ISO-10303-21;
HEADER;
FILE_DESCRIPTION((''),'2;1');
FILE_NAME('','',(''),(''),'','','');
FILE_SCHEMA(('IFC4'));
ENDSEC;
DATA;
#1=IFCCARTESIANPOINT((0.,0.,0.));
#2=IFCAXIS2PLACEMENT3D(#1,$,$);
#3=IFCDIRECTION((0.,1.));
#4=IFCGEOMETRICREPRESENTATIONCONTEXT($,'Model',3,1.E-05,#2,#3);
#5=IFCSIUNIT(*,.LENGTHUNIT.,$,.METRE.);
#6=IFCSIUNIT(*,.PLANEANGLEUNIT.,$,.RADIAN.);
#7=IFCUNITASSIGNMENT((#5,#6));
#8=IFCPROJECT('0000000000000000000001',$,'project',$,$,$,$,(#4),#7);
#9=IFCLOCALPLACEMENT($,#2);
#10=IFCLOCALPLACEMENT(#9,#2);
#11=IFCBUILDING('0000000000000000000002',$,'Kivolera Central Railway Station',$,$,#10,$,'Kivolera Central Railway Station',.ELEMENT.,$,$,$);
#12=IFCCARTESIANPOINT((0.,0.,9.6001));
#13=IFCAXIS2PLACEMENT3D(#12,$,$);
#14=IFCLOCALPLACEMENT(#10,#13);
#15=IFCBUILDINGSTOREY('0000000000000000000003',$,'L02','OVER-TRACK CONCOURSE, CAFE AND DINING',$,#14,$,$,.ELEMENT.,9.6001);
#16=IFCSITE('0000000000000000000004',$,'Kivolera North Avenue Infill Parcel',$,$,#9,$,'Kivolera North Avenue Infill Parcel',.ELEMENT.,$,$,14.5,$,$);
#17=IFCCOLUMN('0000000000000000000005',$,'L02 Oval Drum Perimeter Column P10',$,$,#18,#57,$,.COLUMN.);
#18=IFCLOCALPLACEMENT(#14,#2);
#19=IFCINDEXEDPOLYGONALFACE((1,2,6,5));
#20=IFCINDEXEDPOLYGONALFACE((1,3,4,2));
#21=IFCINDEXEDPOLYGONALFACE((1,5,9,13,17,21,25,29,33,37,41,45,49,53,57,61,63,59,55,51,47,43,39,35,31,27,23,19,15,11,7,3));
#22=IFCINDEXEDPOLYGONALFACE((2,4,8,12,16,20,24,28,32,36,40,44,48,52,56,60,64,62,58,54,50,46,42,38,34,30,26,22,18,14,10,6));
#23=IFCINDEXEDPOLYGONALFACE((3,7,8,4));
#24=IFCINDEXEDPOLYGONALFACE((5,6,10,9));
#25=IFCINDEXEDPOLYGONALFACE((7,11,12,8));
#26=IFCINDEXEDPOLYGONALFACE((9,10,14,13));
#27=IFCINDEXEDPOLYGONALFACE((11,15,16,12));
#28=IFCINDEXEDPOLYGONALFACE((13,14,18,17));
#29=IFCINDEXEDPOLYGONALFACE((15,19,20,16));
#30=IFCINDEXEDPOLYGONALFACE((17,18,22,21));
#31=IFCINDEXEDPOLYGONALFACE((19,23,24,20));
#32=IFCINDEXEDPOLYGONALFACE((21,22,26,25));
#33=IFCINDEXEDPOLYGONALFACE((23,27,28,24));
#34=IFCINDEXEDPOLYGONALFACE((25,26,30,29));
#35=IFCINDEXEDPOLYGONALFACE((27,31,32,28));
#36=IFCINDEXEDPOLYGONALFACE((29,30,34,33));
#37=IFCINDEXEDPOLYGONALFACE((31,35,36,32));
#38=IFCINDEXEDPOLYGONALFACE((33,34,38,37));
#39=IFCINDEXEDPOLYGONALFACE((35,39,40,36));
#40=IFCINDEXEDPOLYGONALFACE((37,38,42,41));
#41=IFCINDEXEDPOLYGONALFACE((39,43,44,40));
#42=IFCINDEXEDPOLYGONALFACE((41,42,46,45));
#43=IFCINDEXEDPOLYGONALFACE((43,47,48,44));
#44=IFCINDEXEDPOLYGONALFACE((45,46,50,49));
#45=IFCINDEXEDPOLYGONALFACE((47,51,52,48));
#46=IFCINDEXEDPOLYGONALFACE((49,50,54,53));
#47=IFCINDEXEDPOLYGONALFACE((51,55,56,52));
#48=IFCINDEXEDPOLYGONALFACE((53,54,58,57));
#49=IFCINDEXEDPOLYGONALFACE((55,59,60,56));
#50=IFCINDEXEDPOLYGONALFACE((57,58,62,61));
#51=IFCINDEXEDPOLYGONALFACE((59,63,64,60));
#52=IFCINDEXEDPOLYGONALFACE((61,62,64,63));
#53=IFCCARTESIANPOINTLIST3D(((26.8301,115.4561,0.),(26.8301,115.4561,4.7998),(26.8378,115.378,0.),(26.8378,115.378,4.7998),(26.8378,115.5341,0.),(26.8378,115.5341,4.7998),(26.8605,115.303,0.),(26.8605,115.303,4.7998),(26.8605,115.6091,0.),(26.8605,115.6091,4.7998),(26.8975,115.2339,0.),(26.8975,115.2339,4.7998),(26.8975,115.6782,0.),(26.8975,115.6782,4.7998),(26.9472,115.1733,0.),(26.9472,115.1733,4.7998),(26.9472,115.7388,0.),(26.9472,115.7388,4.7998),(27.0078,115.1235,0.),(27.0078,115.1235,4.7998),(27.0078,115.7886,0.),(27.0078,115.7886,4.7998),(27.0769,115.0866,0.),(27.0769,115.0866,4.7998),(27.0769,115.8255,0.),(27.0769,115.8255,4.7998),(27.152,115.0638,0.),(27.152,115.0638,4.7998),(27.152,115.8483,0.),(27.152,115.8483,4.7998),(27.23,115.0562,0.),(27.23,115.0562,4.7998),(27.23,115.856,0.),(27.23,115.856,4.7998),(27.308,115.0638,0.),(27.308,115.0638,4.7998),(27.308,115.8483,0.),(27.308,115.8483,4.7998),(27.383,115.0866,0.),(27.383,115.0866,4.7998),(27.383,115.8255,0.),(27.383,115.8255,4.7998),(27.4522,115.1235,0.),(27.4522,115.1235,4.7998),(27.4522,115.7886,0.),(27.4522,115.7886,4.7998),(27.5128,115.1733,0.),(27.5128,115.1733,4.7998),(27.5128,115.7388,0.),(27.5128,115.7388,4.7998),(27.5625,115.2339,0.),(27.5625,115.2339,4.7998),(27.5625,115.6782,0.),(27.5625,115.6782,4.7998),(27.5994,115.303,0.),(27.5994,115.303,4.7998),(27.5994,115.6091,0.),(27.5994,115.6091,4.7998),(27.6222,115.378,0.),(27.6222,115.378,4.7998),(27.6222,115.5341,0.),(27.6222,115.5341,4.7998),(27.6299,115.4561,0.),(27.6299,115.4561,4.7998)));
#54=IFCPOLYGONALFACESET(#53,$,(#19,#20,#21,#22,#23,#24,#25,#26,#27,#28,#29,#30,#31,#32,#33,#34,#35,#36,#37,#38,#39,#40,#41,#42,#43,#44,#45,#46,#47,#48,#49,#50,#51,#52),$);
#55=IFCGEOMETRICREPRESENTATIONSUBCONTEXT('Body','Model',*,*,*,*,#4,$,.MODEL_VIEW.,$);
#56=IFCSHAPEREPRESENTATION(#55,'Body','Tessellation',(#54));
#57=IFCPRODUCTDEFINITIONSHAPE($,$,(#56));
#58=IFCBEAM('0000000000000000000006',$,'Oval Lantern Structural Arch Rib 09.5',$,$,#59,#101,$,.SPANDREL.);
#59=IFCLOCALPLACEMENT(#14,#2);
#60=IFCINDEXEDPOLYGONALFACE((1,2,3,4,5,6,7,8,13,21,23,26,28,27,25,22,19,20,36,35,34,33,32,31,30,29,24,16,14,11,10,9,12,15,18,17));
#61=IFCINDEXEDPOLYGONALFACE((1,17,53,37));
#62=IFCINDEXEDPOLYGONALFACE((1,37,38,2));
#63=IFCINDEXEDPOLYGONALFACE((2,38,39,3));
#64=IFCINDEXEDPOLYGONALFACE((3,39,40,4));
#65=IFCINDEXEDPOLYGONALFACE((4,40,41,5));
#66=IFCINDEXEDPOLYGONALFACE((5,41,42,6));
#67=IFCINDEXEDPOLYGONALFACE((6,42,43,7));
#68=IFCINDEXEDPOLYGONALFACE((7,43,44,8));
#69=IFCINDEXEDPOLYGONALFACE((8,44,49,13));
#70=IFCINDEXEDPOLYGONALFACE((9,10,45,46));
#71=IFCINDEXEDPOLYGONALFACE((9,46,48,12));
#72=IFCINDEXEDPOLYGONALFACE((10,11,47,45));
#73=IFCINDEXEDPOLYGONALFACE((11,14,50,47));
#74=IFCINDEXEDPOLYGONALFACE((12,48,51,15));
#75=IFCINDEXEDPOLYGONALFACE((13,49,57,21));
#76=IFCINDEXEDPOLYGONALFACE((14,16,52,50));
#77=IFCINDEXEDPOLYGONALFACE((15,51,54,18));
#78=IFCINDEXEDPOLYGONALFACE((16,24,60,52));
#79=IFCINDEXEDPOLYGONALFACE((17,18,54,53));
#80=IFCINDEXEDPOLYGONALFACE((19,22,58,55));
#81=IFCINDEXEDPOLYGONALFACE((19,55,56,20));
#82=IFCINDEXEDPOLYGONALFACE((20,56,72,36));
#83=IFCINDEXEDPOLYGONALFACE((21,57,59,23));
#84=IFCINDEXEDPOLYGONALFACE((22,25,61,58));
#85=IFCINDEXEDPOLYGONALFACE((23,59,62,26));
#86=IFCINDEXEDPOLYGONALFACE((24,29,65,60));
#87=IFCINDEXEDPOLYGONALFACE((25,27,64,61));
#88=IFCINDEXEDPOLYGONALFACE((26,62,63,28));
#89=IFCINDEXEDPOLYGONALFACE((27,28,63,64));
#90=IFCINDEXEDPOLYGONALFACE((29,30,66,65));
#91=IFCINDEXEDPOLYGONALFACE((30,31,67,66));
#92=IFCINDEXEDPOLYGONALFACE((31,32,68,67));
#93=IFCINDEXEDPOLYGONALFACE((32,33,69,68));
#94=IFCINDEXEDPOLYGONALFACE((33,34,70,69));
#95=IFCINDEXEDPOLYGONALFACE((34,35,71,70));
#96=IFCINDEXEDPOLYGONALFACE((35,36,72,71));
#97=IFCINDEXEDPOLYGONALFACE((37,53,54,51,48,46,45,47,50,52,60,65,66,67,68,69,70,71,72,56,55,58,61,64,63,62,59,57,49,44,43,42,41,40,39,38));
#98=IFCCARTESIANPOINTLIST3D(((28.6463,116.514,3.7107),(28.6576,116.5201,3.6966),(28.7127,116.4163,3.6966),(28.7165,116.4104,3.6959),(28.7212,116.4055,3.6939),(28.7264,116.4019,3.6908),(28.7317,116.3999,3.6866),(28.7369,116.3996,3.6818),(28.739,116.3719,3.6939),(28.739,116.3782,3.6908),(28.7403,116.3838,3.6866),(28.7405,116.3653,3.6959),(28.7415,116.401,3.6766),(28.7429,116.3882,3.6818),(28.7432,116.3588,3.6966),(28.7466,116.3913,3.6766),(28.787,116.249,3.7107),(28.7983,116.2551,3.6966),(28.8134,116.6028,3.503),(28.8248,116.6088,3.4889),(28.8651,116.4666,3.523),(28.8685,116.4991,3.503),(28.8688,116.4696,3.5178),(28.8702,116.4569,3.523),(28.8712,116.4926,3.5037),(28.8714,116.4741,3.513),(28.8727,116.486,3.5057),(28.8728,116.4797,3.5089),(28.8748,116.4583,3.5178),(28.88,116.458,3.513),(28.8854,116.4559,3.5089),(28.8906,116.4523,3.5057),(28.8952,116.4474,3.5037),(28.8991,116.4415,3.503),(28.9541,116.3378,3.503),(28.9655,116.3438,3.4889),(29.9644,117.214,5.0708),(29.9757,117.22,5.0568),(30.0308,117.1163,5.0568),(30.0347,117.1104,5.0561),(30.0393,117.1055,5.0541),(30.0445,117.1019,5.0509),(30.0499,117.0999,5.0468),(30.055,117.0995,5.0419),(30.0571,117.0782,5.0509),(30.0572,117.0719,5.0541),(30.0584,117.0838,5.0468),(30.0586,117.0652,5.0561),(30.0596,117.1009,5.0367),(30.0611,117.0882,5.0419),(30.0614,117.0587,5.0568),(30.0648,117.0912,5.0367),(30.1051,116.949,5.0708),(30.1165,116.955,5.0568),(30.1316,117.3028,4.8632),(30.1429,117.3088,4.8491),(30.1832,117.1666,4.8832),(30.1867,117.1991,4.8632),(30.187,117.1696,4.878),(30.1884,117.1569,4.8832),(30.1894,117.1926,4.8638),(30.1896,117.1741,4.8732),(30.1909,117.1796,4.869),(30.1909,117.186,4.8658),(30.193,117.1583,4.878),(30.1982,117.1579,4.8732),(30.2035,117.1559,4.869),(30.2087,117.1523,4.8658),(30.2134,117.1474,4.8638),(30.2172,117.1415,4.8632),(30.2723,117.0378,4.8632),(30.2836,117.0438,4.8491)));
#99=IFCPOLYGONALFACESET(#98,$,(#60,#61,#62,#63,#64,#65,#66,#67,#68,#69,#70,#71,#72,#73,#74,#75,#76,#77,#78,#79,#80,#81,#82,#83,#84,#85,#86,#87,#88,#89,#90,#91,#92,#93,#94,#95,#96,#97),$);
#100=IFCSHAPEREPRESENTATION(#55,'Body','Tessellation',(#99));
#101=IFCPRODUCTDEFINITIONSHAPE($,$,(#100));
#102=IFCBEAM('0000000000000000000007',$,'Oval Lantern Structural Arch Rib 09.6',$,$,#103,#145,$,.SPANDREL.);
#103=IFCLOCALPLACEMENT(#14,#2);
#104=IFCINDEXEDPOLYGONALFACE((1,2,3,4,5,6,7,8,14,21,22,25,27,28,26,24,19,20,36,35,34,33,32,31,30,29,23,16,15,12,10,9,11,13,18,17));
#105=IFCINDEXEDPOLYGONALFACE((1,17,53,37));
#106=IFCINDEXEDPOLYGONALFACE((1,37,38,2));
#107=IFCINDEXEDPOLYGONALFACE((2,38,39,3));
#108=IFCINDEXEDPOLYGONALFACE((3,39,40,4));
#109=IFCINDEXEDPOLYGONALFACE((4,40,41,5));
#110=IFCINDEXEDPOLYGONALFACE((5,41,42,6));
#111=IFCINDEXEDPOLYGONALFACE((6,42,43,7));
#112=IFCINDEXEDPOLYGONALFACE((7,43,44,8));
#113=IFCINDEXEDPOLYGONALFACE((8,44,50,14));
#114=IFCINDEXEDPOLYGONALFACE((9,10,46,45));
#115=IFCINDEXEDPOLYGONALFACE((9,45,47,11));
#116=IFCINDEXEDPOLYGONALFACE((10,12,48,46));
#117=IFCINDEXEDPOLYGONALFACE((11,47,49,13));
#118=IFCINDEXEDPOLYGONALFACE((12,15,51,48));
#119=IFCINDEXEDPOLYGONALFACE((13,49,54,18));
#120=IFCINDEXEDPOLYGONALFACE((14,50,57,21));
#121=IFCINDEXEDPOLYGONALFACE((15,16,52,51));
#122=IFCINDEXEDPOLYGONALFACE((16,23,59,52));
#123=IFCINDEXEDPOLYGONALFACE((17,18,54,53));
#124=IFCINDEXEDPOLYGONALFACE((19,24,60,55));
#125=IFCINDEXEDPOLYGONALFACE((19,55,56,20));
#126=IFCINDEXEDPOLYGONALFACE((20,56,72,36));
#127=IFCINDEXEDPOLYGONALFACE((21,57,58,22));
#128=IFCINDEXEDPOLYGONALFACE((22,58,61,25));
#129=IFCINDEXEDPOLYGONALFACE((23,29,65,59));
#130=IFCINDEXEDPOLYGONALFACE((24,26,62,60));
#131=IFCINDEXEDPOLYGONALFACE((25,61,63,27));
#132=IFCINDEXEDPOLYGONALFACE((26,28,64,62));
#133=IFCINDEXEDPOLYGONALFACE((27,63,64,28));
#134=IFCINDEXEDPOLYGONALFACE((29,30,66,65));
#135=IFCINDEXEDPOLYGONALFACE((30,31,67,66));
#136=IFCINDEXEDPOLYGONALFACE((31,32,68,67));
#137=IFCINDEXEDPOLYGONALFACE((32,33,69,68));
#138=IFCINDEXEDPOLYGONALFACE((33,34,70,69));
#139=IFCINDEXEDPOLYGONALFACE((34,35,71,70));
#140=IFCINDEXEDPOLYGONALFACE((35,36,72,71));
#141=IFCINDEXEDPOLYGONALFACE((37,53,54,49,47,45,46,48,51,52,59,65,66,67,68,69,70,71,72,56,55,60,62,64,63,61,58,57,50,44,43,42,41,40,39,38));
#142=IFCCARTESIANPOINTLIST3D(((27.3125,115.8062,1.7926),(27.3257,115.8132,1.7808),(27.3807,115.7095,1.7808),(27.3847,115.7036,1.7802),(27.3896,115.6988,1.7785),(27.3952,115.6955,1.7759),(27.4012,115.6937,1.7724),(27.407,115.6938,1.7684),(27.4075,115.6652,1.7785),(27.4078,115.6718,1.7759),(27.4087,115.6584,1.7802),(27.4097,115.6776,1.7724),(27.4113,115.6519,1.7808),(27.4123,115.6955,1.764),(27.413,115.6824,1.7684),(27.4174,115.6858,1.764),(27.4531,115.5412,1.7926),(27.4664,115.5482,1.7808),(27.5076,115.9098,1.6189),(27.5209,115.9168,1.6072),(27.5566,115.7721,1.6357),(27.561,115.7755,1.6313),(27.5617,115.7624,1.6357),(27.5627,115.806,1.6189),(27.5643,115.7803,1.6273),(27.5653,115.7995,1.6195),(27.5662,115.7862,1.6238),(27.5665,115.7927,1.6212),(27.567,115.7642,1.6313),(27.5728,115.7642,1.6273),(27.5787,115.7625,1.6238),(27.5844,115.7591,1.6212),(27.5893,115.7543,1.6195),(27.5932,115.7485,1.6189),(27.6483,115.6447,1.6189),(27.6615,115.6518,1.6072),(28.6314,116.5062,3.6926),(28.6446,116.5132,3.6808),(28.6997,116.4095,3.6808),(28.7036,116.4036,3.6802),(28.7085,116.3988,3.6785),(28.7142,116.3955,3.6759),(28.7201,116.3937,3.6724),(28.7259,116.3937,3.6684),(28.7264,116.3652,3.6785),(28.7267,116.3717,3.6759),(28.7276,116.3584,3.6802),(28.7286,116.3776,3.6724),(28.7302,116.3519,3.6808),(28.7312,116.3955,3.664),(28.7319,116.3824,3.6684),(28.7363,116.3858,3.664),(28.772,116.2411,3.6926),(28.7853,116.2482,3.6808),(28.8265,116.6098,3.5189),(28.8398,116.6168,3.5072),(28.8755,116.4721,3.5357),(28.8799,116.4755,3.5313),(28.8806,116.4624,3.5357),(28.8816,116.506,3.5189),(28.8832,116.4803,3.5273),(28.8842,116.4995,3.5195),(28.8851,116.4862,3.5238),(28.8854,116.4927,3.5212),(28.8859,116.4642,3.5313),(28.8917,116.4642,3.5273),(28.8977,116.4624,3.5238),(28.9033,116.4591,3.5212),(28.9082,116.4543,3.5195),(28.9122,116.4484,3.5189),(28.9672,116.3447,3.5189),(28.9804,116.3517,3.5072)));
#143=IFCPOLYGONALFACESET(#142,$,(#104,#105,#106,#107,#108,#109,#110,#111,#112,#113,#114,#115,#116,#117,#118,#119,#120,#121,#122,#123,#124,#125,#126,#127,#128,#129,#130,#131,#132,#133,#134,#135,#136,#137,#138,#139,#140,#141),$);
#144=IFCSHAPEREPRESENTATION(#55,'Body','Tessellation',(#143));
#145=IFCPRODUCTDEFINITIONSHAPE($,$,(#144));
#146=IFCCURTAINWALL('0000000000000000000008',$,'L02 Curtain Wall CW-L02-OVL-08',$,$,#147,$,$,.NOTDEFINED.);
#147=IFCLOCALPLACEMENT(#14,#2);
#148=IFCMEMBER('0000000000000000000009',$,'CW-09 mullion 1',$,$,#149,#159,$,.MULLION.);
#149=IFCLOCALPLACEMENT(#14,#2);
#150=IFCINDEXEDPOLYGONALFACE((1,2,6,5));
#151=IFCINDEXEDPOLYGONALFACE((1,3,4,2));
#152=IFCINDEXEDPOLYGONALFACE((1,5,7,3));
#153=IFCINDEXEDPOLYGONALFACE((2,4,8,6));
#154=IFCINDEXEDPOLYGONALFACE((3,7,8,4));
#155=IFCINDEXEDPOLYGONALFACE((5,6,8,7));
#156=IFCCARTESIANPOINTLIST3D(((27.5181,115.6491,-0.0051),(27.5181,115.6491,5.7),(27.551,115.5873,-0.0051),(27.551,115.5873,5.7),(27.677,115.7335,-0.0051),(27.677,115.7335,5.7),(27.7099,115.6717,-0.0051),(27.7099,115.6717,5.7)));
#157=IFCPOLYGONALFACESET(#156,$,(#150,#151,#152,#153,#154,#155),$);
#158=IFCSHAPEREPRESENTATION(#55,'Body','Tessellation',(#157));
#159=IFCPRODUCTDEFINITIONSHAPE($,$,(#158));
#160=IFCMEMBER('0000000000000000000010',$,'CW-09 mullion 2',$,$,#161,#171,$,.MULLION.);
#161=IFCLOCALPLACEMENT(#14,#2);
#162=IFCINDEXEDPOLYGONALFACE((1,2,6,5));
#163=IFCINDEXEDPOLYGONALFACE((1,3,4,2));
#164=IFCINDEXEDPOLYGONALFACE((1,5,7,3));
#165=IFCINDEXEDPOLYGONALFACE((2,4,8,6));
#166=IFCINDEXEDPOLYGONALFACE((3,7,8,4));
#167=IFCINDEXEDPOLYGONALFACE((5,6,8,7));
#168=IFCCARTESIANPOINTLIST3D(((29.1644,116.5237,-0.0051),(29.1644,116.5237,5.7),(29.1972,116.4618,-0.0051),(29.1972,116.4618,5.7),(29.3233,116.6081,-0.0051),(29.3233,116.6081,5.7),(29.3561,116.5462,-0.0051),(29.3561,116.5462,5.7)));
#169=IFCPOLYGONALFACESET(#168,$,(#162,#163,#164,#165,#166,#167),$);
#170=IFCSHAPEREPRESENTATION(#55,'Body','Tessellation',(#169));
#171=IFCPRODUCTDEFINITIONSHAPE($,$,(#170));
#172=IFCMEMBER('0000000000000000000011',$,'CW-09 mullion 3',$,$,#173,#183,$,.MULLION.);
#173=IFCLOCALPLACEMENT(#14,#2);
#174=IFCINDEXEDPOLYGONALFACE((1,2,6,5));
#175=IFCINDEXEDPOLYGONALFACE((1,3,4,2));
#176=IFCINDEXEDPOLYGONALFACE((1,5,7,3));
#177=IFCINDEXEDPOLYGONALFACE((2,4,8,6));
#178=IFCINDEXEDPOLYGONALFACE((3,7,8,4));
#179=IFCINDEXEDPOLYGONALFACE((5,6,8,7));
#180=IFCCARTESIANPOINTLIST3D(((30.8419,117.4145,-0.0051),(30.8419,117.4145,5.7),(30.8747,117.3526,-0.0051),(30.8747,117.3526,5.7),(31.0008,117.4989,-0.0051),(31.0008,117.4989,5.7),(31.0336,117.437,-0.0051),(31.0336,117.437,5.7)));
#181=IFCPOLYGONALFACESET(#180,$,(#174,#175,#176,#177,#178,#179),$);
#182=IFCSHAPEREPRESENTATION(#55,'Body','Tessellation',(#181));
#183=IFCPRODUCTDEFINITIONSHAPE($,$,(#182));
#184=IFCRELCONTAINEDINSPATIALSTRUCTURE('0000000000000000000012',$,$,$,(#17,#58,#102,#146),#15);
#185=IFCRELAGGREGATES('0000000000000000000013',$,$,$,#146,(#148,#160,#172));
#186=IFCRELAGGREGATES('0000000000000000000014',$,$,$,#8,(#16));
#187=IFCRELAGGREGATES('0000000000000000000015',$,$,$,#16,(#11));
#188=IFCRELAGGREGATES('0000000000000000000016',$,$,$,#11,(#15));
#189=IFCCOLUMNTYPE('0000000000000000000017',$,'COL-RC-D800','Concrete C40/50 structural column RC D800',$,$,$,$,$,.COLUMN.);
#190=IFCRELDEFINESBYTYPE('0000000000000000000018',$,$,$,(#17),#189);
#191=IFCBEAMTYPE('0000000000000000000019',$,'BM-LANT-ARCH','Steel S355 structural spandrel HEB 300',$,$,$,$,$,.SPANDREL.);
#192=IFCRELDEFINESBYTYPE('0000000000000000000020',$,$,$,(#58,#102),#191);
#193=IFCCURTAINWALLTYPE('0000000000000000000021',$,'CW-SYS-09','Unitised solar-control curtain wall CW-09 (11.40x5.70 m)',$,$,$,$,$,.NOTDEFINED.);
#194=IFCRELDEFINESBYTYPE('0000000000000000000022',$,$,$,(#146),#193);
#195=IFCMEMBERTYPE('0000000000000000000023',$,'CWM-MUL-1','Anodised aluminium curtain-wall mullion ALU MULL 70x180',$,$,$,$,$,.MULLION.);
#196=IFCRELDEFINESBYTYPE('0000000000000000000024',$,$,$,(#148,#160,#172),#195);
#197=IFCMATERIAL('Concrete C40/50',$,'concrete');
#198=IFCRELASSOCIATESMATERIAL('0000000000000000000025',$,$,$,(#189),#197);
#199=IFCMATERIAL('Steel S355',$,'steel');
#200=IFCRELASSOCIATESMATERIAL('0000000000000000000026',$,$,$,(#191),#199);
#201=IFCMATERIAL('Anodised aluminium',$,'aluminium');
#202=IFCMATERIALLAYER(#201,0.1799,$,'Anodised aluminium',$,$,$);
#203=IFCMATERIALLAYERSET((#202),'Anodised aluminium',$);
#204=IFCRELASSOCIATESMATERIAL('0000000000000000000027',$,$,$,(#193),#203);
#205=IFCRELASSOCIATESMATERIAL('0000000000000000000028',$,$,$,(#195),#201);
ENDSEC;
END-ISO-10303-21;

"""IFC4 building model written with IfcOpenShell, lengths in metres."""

from ifc_helpers import new_model, si_unit, direction, frame, origin, origin_2d, place, context, subcontext, project, spatial, rectangle, circle, i_section, extrude, material, layer, layer_set, material_profile, profile_set, type_object, element, aggregate, save


model = new_model("IFC4")

# Units and contexts
model_context = context("Model", 3, precision=1e-05, world=origin(), true_north=direction((0.0, 1.0)))
body_context = subcontext(model_context, "Body", "Model", "MODEL_VIEW")
ifc_project = project(units=[si_unit("LENGTHUNIT", "METRE"), si_unit("PLANEANGLEUNIT", "RADIAN")], contexts=[model_context])

# Site, building, storey
site_placement = place(None, origin())
site = spatial("IfcSite", under=ifc_project, at=site_placement, Name="Kivolera North Avenue Infill Parcel", LongName="Kivolera North Avenue Infill Parcel", CompositionType="ELEMENT", RefElevation=14.5)
building_placement = place(site_placement, origin())
building = spatial("IfcBuilding", under=site, at=building_placement, Name="Kivolera Central Railway Station", LongName="Kivolera Central Railway Station", CompositionType="ELEMENT")
storey_placement = place(building_placement, frame((0.0, 0.0, 9.6001)))
storey = spatial("IfcBuildingStorey", under=building, at=storey_placement, Name="L02", Description="OVER-TRACK CONCOURSE, CAFE AND DINING", CompositionType="ELEMENT", Elevation=9.6001)

# Column
ifc_material_1 = material(Name="Concrete C40/50", Category="concrete")
ifc_material_profile_1 = material_profile(ifc_material_1, circle(Radius=0.3999, at=origin_2d()), Name="RC D800")
ifc_profile_set_1 = profile_set([ifc_material_profile_1], Name="Concrete C40/50")
column_type = type_object("IfcColumnType", Name="COL-RC-D800", Description="Concrete C40/50 structural column RC D800", PredefinedType="COLUMN", material=ifc_profile_set_1)
column_placement = place(storey_placement, frame((27.23, 115.4561, 0.0), z_axis=(0.0, 0.0, 1.0), x_axis=(1.0, 0.0, 0.0)))
element("IfcColumn", 1, at=column_placement, inside=storey, type_object=column_type, Name="L02 Oval Drum Perimeter Column P10", PredefinedType="COLUMN", context=body_context, shape_type="SweptSolid", body=[
    extrude(circle(Radius=0.3999, at=origin_2d()), origin(), (0.0, 0.0, 1.0), 4.7998),
])

# Beams
ifc_material_2 = material(Name="Steel S355", Category="steel")
ifc_material_profile_2 = material_profile(ifc_material_2, i_section(OverallWidth=0.3, OverallDepth=0.3, WebThickness=0.011, FlangeThickness=0.019, FilletRadius=0.0271, at=origin_2d()), Name="HEB 300")
ifc_profile_set_2 = profile_set([ifc_material_profile_2], Name="Steel S355")
beam_type = type_object("IfcBeamType", Name="BM-LANT-ARCH", Description="Steel S355 structural spandrel HEB 300", PredefinedType="SPANDREL", material=ifc_profile_set_2)
beam_1_placement = place(storey_placement, frame((30.124, 117.1289, 4.96), z_axis=(-0.652784, -0.346644, -0.67358), x_axis=(0.469, -0.883198, 0.0)))
element("IfcBeam", 2, at=beam_1_placement, inside=storey, type_object=beam_type, Name="Oval Lantern Structural Arch Rib 09.5", PredefinedType="SPANDREL", context=body_context, shape_type="SweptSolid", body=[
    extrude(i_section(OverallWidth=0.3, OverallDepth=0.3, WebThickness=0.011, FlangeThickness=0.019, FilletRadius=0.0271, at=origin_2d()), origin(), (0.0, 0.0, 1.0), 2.0193),
])
beam_2_placement = place(storey_placement, frame((28.8059, 116.429, 3.5999), z_axis=(-0.545794, -0.289669, -0.786258), x_axis=(0.468797, -0.883306, 0.0)))
element("IfcBeam", 3, at=beam_2_placement, inside=storey, type_object=beam_type, Name="Oval Lantern Structural Arch Rib 09.6", PredefinedType="SPANDREL", context=body_context, shape_type="SweptSolid", body=[
    extrude(i_section(OverallWidth=0.3, OverallDepth=0.3, WebThickness=0.011, FlangeThickness=0.019, FilletRadius=0.0271, at=origin_2d()), origin(), (0.0, 0.0, 1.0), 2.4165),
])

# Curtain wall, members
ifc_material_3 = material(Name="Anodised aluminium", Category="aluminium")
ifc_layer_1 = layer(ifc_material_3, 0.1799, Name="Anodised aluminium")
ifc_layer_set_1 = layer_set([ifc_layer_1], Name="Anodised aluminium")
curtain_wall_type = type_object("IfcCurtainWallType", Name="CW-SYS-09", Description="Unitised solar-control curtain wall CW-09 (11.40x5.70 m)", PredefinedType="NOTDEFINED", material=ifc_layer_set_1)
curtain_wall_placement = place(storey_placement, origin())
curtain_wall = element("IfcCurtainWall", 4, at=curtain_wall_placement, inside=storey, type_object=curtain_wall_type, Name="L02 Curtain Wall CW-L02-OVL-08", PredefinedType="NOTDEFINED")
ifc_material_profile_3 = material_profile(ifc_material_3, rectangle(XDim=0.0701, YDim=0.1799, at=origin_2d()), Name="ALU MULL 70x180")
ifc_profile_set_3 = profile_set([ifc_material_profile_3], Name="Anodised aluminium")
member_type_1 = type_object("IfcMemberType", Name="CWM-MUL-1", Description="Anodised aluminium curtain-wall mullion ALU MULL 70x180", PredefinedType="MULLION", material=ifc_profile_set_3)
member_1_placement = place(storey_placement, frame((27.614, 115.6604, -0.0051), z_axis=(0.0, 0.0, 1.0), x_axis=(-0.469053, 0.88317, 0.0)))
member_1 = element("IfcMember", 5, at=member_1_placement, type_object=member_type_1, Name="CW-09 mullion 1", PredefinedType="MULLION", context=body_context, shape_type="SweptSolid", body=[
    extrude(rectangle(XDim=0.0701, YDim=0.1799, at=origin_2d()), origin(), (0.0, 0.0, 1.0), 5.7051),
])
member_2_placement = place(storey_placement, frame((29.2603, 116.5349, -0.0051), z_axis=(0.0, 0.0, 1.0), x_axis=(-0.469053, 0.88317, 0.0)))
member_2 = element("IfcMember", 6, at=member_2_placement, type_object=member_type_1, Name="CW-09 mullion 2", PredefinedType="MULLION", context=body_context, shape_type="SweptSolid", body=[
    extrude(rectangle(XDim=0.0701, YDim=0.1799, at=origin_2d()), origin(), (0.0, 0.0, 1.0), 5.7051),
])
member_3_placement = place(storey_placement, frame((30.9377, 117.4258, -0.0051), z_axis=(0.0, 0.0, 1.0), x_axis=(-0.469053, 0.88317, 0.0)))
member_3 = element("IfcMember", 7, at=member_3_placement, type_object=member_type_1, Name="CW-09 mullion 3", PredefinedType="MULLION", context=body_context, shape_type="SweptSolid", body=[
    extrude(rectangle(XDim=0.0701, YDim=0.1799, at=origin_2d()), origin(), (0.0, 0.0, 1.0), 5.7051),
])
aggregate(curtain_wall, [member_1, member_2, member_3])

save(model, "model.ifc")
